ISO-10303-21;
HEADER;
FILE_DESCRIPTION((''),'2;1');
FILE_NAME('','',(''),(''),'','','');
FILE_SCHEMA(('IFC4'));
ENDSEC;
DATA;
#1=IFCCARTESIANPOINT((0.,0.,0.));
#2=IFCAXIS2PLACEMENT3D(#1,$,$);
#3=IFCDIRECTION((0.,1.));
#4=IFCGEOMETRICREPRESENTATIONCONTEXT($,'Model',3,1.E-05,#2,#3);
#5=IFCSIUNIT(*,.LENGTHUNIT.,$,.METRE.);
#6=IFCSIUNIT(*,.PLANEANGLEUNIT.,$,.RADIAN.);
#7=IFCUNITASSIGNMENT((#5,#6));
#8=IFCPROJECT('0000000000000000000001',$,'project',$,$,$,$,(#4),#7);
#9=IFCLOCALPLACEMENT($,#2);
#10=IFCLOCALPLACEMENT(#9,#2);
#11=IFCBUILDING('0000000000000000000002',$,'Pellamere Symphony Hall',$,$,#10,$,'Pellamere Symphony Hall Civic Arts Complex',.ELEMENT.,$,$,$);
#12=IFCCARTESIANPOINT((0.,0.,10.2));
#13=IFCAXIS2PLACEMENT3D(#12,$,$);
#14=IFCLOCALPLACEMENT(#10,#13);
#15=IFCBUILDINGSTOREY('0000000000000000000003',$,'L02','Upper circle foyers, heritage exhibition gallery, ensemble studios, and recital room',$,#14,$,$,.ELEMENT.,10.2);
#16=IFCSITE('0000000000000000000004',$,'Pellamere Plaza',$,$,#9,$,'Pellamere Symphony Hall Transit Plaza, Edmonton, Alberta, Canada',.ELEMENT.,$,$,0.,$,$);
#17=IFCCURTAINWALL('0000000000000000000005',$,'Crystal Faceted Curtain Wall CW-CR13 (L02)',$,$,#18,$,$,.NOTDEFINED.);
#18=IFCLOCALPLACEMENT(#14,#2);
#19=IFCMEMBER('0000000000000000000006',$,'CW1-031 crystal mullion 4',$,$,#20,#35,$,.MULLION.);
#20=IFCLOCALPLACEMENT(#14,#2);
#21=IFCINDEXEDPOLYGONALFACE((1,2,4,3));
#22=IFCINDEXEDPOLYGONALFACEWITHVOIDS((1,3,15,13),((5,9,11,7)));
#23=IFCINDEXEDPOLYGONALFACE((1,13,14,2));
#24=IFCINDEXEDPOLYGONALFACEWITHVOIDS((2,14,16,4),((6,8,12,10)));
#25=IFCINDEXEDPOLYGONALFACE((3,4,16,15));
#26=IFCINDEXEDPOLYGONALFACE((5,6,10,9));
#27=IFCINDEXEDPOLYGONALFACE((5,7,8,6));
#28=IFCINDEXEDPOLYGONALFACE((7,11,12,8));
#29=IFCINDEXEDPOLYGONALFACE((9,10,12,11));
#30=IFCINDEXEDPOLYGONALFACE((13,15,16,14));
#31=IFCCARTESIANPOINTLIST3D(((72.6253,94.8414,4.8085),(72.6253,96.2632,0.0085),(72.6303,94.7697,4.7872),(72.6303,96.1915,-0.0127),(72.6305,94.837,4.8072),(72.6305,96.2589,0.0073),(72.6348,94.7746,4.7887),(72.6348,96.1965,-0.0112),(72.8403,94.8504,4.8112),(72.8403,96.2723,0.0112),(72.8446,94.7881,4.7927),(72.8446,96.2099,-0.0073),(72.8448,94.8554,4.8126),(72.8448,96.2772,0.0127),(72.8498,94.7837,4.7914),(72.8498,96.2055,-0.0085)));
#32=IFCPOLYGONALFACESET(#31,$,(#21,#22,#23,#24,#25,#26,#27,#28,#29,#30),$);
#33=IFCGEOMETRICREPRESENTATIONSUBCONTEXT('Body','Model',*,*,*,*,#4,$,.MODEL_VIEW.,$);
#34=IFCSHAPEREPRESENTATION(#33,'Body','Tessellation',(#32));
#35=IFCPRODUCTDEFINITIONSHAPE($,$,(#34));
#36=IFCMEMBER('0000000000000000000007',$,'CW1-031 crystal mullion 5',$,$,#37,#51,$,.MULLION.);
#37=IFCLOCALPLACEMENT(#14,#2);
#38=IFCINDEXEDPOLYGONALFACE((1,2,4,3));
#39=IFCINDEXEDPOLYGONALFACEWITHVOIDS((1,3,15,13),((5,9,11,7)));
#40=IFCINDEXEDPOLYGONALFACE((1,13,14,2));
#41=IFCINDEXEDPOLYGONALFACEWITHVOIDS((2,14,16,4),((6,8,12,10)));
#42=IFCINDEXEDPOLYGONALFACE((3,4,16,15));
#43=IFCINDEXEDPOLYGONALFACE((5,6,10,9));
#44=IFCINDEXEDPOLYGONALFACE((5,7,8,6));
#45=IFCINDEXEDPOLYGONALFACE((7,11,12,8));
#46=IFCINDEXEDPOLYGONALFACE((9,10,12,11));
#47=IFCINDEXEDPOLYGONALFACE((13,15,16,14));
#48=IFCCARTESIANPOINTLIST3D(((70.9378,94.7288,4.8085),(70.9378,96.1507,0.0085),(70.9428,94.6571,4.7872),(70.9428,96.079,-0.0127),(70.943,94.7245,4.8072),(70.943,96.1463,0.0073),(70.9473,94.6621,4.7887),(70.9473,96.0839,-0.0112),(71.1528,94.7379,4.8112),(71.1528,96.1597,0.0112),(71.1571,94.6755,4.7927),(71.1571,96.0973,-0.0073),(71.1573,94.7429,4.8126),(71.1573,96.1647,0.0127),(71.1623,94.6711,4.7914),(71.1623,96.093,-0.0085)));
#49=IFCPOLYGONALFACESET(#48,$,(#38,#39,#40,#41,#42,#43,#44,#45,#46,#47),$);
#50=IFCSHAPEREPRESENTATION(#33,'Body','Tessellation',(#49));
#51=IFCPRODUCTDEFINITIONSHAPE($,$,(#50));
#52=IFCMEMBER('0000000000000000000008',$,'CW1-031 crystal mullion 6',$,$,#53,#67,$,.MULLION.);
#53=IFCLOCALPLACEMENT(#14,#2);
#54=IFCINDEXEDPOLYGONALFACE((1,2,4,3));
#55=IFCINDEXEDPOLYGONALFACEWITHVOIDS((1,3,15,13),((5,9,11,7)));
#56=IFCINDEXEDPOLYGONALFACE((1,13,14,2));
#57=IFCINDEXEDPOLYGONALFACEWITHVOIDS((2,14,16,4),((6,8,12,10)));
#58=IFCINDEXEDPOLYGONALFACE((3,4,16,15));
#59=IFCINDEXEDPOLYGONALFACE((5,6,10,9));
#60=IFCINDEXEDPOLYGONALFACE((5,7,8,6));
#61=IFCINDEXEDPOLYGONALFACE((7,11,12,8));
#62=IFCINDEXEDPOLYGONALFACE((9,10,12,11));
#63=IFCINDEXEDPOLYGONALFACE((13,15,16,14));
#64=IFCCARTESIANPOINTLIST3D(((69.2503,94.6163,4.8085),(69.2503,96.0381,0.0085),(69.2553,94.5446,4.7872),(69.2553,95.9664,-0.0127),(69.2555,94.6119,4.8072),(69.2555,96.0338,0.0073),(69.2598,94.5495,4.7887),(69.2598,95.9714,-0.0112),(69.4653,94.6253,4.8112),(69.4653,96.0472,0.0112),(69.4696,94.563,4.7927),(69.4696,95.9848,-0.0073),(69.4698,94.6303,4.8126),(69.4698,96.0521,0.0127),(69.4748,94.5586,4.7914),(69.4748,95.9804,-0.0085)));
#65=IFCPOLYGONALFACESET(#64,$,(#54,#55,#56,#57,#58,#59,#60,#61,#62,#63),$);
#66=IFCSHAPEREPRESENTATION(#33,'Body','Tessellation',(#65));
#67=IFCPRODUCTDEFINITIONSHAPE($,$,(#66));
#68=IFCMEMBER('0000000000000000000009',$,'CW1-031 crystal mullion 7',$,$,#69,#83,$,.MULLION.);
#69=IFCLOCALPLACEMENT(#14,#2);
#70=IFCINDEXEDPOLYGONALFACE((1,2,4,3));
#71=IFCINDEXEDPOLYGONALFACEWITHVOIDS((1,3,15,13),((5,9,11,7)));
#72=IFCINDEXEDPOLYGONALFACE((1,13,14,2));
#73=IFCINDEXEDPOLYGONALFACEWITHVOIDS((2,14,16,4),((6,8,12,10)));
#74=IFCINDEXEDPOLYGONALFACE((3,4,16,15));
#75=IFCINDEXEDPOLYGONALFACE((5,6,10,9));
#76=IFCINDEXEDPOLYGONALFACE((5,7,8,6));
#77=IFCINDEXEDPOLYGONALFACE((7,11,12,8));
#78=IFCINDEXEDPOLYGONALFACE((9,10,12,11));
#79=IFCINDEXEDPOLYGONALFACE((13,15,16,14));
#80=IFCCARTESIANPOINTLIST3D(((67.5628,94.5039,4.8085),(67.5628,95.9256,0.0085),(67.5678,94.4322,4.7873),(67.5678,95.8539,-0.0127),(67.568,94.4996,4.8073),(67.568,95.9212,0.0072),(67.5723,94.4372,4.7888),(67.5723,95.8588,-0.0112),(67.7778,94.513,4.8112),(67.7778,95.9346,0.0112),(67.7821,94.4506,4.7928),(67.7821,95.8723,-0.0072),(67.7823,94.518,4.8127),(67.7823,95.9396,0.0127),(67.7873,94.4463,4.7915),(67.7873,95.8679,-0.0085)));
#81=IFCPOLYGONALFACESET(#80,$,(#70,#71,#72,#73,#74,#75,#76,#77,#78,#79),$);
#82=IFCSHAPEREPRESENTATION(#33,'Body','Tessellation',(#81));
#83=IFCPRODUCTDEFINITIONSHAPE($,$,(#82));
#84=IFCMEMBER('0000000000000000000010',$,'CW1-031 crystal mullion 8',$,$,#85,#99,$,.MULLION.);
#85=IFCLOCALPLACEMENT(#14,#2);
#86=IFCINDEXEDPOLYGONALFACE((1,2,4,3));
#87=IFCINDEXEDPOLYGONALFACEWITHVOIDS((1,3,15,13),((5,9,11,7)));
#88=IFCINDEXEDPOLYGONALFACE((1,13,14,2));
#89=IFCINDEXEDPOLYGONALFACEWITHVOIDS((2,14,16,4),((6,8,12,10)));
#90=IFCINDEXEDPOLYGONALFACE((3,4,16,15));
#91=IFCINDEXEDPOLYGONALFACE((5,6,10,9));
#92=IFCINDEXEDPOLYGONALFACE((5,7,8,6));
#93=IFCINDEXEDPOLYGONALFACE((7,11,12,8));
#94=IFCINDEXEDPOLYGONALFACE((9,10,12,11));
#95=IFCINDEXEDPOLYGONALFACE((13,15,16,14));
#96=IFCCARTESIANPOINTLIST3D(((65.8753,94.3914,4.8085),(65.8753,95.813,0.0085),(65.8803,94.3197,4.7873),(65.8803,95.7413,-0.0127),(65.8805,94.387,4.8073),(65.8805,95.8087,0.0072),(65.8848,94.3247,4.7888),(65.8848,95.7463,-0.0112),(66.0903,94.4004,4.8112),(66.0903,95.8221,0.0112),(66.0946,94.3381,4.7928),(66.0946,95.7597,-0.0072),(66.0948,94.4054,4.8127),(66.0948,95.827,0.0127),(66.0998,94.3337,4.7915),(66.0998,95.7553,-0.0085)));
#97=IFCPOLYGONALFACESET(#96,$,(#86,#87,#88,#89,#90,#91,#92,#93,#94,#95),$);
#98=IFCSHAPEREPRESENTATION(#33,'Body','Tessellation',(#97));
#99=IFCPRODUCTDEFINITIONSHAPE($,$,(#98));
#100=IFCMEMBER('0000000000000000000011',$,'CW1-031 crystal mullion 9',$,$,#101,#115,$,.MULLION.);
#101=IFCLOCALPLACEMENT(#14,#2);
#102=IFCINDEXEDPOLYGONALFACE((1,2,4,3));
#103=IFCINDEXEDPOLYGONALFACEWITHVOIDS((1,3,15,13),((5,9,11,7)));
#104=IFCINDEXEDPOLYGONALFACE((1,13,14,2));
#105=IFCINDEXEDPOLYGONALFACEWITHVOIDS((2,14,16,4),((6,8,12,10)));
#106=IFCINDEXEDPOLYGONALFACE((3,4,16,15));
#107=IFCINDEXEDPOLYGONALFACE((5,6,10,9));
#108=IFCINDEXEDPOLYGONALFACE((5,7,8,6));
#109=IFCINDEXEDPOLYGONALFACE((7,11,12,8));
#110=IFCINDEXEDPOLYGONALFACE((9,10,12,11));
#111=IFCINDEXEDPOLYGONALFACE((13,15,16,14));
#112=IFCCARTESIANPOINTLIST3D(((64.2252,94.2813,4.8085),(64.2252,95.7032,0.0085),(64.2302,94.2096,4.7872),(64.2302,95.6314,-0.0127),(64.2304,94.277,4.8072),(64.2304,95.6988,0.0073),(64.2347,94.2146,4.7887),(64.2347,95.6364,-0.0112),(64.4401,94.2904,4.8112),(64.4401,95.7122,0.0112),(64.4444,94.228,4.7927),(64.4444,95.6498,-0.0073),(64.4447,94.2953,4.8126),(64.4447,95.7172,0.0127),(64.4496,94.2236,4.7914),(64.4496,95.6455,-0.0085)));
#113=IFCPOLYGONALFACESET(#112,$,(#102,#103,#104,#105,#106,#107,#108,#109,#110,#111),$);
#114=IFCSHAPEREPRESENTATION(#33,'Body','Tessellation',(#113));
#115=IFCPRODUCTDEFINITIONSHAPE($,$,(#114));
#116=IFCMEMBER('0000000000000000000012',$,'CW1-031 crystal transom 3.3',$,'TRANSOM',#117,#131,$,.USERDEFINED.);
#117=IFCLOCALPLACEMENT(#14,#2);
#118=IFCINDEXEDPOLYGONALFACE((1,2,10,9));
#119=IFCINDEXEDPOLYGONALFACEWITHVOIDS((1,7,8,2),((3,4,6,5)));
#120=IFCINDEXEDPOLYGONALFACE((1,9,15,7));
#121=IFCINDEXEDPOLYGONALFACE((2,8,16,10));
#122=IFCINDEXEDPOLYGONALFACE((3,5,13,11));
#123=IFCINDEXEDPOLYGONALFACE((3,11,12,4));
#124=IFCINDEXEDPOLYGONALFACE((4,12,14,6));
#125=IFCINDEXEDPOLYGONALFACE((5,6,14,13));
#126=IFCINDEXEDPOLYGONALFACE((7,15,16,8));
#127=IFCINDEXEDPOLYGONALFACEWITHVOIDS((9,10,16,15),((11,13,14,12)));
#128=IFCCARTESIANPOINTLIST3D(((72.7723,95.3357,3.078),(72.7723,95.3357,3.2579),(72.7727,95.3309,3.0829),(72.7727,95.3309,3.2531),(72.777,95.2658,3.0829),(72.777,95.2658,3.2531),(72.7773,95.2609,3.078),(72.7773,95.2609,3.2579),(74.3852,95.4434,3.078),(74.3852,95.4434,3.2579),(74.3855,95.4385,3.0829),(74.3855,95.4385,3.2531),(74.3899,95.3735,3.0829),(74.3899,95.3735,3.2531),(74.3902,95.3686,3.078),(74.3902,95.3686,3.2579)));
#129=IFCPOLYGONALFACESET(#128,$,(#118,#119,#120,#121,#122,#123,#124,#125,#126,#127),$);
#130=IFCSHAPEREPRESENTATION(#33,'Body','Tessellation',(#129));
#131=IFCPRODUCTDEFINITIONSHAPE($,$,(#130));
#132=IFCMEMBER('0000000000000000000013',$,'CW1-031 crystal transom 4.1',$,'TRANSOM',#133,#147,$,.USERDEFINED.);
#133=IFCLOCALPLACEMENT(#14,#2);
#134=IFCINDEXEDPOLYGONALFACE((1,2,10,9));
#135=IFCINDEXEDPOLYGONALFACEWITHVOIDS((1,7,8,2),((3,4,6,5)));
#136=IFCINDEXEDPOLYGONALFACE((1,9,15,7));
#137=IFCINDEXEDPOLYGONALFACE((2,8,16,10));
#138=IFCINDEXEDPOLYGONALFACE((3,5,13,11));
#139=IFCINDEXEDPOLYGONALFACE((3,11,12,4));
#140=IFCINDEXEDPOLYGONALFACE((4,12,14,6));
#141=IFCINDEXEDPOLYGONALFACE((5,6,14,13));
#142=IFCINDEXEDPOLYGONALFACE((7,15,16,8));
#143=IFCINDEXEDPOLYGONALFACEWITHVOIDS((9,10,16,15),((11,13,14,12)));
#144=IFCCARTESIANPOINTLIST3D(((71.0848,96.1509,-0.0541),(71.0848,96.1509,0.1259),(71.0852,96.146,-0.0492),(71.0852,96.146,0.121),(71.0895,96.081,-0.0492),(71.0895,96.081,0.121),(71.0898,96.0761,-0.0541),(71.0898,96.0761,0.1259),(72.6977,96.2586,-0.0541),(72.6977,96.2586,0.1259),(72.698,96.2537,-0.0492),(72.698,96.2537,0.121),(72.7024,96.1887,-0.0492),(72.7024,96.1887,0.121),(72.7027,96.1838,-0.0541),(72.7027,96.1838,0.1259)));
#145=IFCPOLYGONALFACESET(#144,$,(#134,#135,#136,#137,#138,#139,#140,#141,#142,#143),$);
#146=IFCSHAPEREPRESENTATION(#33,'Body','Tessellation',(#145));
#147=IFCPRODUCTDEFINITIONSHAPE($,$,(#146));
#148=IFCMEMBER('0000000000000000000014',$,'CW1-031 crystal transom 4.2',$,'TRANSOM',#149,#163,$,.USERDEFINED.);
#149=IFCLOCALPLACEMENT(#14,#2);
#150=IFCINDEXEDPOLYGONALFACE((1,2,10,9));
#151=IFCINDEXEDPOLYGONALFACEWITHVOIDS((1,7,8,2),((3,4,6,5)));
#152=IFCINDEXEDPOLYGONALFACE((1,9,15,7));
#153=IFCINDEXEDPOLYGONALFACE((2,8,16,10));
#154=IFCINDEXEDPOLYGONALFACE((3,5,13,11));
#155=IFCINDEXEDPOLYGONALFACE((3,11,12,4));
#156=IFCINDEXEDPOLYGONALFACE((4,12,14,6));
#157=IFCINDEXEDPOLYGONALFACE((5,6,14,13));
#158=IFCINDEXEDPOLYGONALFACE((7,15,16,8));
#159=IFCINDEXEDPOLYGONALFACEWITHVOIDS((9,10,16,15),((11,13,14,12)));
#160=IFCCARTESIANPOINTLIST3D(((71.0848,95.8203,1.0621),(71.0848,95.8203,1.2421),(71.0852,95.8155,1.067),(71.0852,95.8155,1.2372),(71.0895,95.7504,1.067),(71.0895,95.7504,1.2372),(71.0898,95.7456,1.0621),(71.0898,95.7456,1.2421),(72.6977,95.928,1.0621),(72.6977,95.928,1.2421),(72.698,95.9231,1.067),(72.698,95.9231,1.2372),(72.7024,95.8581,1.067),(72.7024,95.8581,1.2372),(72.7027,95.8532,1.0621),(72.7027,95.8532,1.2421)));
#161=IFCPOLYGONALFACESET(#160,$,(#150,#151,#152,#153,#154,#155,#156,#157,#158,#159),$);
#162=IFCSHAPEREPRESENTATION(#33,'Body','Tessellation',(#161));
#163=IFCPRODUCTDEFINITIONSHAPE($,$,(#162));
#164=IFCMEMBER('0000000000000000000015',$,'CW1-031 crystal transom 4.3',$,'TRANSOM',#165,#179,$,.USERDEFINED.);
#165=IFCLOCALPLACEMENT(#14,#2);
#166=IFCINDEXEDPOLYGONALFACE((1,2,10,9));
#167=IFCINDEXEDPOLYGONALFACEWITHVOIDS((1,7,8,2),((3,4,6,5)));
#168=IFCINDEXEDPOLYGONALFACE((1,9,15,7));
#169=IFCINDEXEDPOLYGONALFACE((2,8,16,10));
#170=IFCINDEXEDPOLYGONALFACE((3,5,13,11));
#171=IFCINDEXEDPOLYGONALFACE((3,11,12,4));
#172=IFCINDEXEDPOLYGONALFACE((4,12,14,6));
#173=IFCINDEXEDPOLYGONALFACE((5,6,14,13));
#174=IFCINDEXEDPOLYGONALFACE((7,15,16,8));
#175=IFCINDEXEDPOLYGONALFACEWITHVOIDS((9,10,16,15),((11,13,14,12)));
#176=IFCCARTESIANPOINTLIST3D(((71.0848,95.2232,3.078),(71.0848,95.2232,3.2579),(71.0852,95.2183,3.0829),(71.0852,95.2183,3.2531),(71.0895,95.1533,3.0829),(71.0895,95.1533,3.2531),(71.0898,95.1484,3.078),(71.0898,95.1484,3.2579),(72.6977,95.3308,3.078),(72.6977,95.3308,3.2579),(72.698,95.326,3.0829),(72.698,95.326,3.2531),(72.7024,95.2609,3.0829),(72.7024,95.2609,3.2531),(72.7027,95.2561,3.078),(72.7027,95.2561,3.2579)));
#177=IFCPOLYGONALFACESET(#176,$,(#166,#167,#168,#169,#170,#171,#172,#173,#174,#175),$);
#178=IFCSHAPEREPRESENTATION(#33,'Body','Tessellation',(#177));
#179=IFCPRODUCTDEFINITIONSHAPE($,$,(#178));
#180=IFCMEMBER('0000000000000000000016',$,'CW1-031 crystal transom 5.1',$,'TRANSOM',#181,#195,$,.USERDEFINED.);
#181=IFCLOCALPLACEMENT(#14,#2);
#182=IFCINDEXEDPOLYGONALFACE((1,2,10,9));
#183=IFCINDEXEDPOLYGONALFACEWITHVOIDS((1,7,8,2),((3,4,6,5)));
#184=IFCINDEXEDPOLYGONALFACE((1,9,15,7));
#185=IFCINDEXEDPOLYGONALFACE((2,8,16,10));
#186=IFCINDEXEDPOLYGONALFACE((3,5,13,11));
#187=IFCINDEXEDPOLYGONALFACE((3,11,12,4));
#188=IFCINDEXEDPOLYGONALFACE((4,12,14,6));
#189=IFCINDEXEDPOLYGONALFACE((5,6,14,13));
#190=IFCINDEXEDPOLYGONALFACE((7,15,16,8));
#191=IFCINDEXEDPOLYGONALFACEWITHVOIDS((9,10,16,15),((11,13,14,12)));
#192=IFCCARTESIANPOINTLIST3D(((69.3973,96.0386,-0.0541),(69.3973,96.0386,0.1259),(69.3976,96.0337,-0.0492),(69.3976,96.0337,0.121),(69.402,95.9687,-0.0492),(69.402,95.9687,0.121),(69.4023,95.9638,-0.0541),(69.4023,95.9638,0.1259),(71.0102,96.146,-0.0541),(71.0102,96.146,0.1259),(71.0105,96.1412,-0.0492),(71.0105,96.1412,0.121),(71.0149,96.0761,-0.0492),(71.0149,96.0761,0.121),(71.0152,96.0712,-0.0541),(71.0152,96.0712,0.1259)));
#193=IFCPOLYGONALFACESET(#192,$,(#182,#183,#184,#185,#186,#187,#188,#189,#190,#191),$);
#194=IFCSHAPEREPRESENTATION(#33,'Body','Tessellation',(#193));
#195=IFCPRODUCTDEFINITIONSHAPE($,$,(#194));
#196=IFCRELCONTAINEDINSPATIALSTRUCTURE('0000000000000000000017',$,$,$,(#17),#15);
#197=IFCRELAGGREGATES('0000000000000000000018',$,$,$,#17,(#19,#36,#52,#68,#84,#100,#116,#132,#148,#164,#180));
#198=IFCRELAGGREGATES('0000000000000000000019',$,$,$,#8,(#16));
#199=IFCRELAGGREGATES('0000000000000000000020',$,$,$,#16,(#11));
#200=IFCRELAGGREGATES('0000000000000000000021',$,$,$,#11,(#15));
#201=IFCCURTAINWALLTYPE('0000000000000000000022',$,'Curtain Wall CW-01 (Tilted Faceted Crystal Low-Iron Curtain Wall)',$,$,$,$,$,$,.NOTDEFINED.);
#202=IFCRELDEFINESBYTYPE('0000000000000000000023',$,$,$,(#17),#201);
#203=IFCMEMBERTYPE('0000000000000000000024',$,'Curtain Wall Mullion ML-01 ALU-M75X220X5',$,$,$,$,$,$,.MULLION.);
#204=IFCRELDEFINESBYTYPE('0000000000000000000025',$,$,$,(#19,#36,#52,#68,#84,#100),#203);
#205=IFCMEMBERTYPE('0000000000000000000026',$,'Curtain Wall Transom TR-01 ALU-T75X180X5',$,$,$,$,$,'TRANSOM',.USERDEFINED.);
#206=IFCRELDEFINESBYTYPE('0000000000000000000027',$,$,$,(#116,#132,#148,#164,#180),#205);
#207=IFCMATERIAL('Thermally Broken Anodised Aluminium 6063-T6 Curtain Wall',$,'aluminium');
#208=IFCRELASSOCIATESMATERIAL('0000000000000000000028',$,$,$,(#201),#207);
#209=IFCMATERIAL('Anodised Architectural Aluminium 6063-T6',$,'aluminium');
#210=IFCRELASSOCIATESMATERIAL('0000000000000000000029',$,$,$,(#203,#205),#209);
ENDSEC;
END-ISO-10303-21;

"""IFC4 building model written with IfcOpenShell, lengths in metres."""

from ifc_helpers import new_model, si_unit, direction, frame, origin, origin_2d, place, context, subcontext, project, spatial, hollow_rectangle, extrude, material, material_profile, profile_set, type_object, element, aggregate, save


model = new_model("IFC4")

# Units and contexts
model_context = context("Model", 3, precision=1e-05, world=origin(), true_north=direction((0.0, 1.0)))
body_context = subcontext(model_context, "Body", "Model", "MODEL_VIEW")
ifc_project = project(units=[si_unit("LENGTHUNIT", "METRE"), si_unit("PLANEANGLEUNIT", "RADIAN")], contexts=[model_context])

# Site, building, storey
site_placement = place(None, origin())
site = spatial("IfcSite", under=ifc_project, at=site_placement, Name="Pellamere Plaza", LongName="Pellamere Symphony Hall Transit Plaza, Edmonton, Alberta, Canada", CompositionType="ELEMENT", RefElevation=0.0)
building_placement = place(site_placement, origin())
building = spatial("IfcBuilding", under=site, at=building_placement, Name="Pellamere Symphony Hall", LongName="Pellamere Symphony Hall Civic Arts Complex", CompositionType="ELEMENT")
storey_placement = place(building_placement, frame((0.0, 0.0, 10.2)))
storey = spatial("IfcBuildingStorey", under=building, at=storey_placement, Name="L02", Description="Upper circle foyers, heritage exhibition gallery, ensemble studios, and recital room", CompositionType="ELEMENT", Elevation=10.2)

# Curtain wall, members
ifc_material_1 = material(Name="Thermally Broken Anodised Aluminium 6063-T6 Curtain Wall", Category="aluminium")
curtain_wall_type = type_object("IfcCurtainWallType", Name="Curtain Wall CW-01 (Tilted Faceted Crystal Low-Iron Curtain Wall)", PredefinedType="NOTDEFINED", material=ifc_material_1)
curtain_wall_1_placement = place(storey_placement, origin())
curtain_wall_1 = element("IfcCurtainWall", 1, at=curtain_wall_1_placement, inside=storey, type_object=curtain_wall_type, Name="Crystal Faceted Curtain Wall CW-CR13 (L02)", PredefinedType="NOTDEFINED")
ifc_material_2 = material(Name="Anodised Architectural Aluminium 6063-T6", Category="aluminium")
ifc_material_profile_1 = material_profile(ifc_material_2, hollow_rectangle(XDim=0.075, YDim=0.22, WallThickness=0.0049, at=origin_2d()), Name="ALU-M75X220X5")
ifc_profile_set_1 = profile_set([ifc_material_profile_1], Name="Anodised Architectural Aluminium 6063-T6")
member_type_1 = type_object("IfcMemberType", Name="Curtain Wall Mullion ML-01 ALU-M75X220X5", PredefinedType="MULLION", material=ifc_profile_set_1)
member_1_placement = place(storey_placement, frame((72.7375, 96.2344, 0.0), z_axis=(0.0, -0.284022, 0.958818), x_axis=(0.066519, -0.956694, -0.283393)))
member_1 = element("IfcMember", 2, at=member_1_placement, type_object=member_type_1, Name="CW1-031 crystal mullion 4", PredefinedType="MULLION", context=body_context, shape_type="SweptSolid", body=[
    extrude(hollow_rectangle(XDim=0.075, YDim=0.22, WallThickness=0.0049, at=origin_2d()), origin(), (0.0, 0.0, 1.0), 5.0061),
])
member_2_placement = place(storey_placement, frame((71.05, 96.1218, 0.0), z_axis=(0.0, -0.284022, 0.958818), x_axis=(0.066519, -0.956694, -0.283393)))
member_2 = element("IfcMember", 3, at=member_2_placement, type_object=member_type_1, Name="CW1-031 crystal mullion 5", PredefinedType="MULLION", context=body_context, shape_type="SweptSolid", body=[
    extrude(hollow_rectangle(XDim=0.075, YDim=0.22, WallThickness=0.0049, at=origin_2d()), origin(), (0.0, 0.0, 1.0), 5.0061),
])
member_3_placement = place(storey_placement, frame((69.3625, 96.0093, 0.0), z_axis=(0.0, -0.284022, 0.958818), x_axis=(0.066519, -0.956694, -0.283393)))
member_3 = element("IfcMember", 4, at=member_3_placement, type_object=member_type_1, Name="CW1-031 crystal mullion 6", PredefinedType="MULLION", context=body_context, shape_type="SweptSolid", body=[
    extrude(hollow_rectangle(XDim=0.075, YDim=0.22, WallThickness=0.0049, at=origin_2d()), origin(), (0.0, 0.0, 1.0), 5.0061),
])
member_4_placement = place(storey_placement, frame((67.675, 95.8967, 0.0), z_axis=(0.0, -0.283977, 0.958831), x_axis=(0.066519, -0.956707, -0.283348)))
member_4 = element("IfcMember", 5, at=member_4_placement, type_object=member_type_1, Name="CW1-031 crystal mullion 7", PredefinedType="MULLION", context=body_context, shape_type="SweptSolid", body=[
    extrude(hollow_rectangle(XDim=0.075, YDim=0.22, WallThickness=0.0049, at=origin_2d()), origin(), (0.0, 0.0, 1.0), 5.0061),
])
member_5_placement = place(storey_placement, frame((65.9875, 95.7842, 0.0), z_axis=(0.0, -0.283977, 0.958831), x_axis=(0.066519, -0.956707, -0.283348)))
member_5 = element("IfcMember", 6, at=member_5_placement, type_object=member_type_1, Name="CW1-031 crystal mullion 8", PredefinedType="MULLION", context=body_context, shape_type="SweptSolid", body=[
    extrude(hollow_rectangle(XDim=0.075, YDim=0.22, WallThickness=0.0049, at=origin_2d()), origin(), (0.0, 0.0, 1.0), 5.0061),
])
member_6_placement = place(storey_placement, frame((64.3374, 95.6743, 0.0), z_axis=(0.0, -0.284022, 0.958818), x_axis=(0.066519, -0.956694, -0.283393)))
member_6 = element("IfcMember", 7, at=member_6_placement, type_object=member_type_1, Name="CW1-031 crystal mullion 9", PredefinedType="MULLION", context=body_context, shape_type="SweptSolid", body=[
    extrude(hollow_rectangle(XDim=0.075, YDim=0.22, WallThickness=0.0049, at=origin_2d()), origin(), (0.0, 0.0, 1.0), 5.0061),
])
ifc_material_profile_2 = material_profile(ifc_material_2, hollow_rectangle(XDim=0.075, YDim=0.1799, WallThickness=0.0049, at=origin_2d()), Name="ALU-T75X180X5")
ifc_profile_set_2 = profile_set([ifc_material_profile_2], Name="Anodised Architectural Aluminium 6063-T6")
member_type_2 = type_object("IfcMemberType", Name="Curtain Wall Transom TR-01 ALU-T75X180X5", ElementType="TRANSOM", PredefinedType="USERDEFINED", material=ifc_profile_set_2)
member_7_placement = place(storey_placement, frame((74.3877, 95.406, 3.168), z_axis=(-0.997779, -0.066609, 0.0), x_axis=(0.066609, -0.997779, 0.0)))
member_7 = element("IfcMember", 8, at=member_7_placement, type_object=member_type_2, Name="CW1-031 crystal transom 3.3", ObjectType="TRANSOM", PredefinedType="USERDEFINED", context=body_context, shape_type="SweptSolid", body=[
    extrude(hollow_rectangle(XDim=0.075, YDim=0.1799, WallThickness=0.0049, at=origin_2d()), origin(), (0.0, 0.0, 1.0), 1.6165),
])
member_8_placement = place(storey_placement, frame((72.7002, 96.2212, 0.0359), z_axis=(-0.997779, -0.066609, 0.0), x_axis=(0.066609, -0.997779, 0.0)))
member_8 = element("IfcMember", 9, at=member_8_placement, type_object=member_type_2, Name="CW1-031 crystal transom 4.1", ObjectType="TRANSOM", PredefinedType="USERDEFINED", context=body_context, shape_type="SweptSolid", body=[
    extrude(hollow_rectangle(XDim=0.075, YDim=0.1799, WallThickness=0.0049, at=origin_2d()), origin(), (0.0, 0.0, 1.0), 1.6165),
])
member_9_placement = place(storey_placement, frame((72.7002, 95.8906, 1.1521), z_axis=(-0.997779, -0.066609, 0.0), x_axis=(0.066609, -0.997779, 0.0)))
member_9 = element("IfcMember", 10, at=member_9_placement, type_object=member_type_2, Name="CW1-031 crystal transom 4.2", ObjectType="TRANSOM", PredefinedType="USERDEFINED", context=body_context, shape_type="SweptSolid", body=[
    extrude(hollow_rectangle(XDim=0.075, YDim=0.1799, WallThickness=0.0049, at=origin_2d()), origin(), (0.0, 0.0, 1.0), 1.6165),
])
member_10_placement = place(storey_placement, frame((72.7002, 95.2935, 3.168), z_axis=(-0.997779, -0.066609, 0.0), x_axis=(0.066609, -0.997779, 0.0)))
member_10 = element("IfcMember", 11, at=member_10_placement, type_object=member_type_2, Name="CW1-031 crystal transom 4.3", ObjectType="TRANSOM", PredefinedType="USERDEFINED", context=body_context, shape_type="SweptSolid", body=[
    extrude(hollow_rectangle(XDim=0.075, YDim=0.1799, WallThickness=0.0049, at=origin_2d()), origin(), (0.0, 0.0, 1.0), 1.6165),
])
member_11_placement = place(storey_placement, frame((71.0127, 96.1086, 0.0359), z_axis=(-0.997789, -0.066459, 0.0), x_axis=(0.066459, -0.997789, 0.0)))
member_11 = element("IfcMember", 12, at=member_11_placement, type_object=member_type_2, Name="CW1-031 crystal transom 5.1", ObjectType="TRANSOM", PredefinedType="USERDEFINED", context=body_context, shape_type="SweptSolid", body=[
    extrude(hollow_rectangle(XDim=0.075, YDim=0.1799, WallThickness=0.0049, at=origin_2d()), origin(), (0.0, 0.0, 1.0), 1.6165),
])

aggregate(curtain_wall_1, [member_1, member_2, member_3, member_4, member_5, member_6, member_7, member_8, member_9, member_10, member_11])

save(model, "model.ifc")
